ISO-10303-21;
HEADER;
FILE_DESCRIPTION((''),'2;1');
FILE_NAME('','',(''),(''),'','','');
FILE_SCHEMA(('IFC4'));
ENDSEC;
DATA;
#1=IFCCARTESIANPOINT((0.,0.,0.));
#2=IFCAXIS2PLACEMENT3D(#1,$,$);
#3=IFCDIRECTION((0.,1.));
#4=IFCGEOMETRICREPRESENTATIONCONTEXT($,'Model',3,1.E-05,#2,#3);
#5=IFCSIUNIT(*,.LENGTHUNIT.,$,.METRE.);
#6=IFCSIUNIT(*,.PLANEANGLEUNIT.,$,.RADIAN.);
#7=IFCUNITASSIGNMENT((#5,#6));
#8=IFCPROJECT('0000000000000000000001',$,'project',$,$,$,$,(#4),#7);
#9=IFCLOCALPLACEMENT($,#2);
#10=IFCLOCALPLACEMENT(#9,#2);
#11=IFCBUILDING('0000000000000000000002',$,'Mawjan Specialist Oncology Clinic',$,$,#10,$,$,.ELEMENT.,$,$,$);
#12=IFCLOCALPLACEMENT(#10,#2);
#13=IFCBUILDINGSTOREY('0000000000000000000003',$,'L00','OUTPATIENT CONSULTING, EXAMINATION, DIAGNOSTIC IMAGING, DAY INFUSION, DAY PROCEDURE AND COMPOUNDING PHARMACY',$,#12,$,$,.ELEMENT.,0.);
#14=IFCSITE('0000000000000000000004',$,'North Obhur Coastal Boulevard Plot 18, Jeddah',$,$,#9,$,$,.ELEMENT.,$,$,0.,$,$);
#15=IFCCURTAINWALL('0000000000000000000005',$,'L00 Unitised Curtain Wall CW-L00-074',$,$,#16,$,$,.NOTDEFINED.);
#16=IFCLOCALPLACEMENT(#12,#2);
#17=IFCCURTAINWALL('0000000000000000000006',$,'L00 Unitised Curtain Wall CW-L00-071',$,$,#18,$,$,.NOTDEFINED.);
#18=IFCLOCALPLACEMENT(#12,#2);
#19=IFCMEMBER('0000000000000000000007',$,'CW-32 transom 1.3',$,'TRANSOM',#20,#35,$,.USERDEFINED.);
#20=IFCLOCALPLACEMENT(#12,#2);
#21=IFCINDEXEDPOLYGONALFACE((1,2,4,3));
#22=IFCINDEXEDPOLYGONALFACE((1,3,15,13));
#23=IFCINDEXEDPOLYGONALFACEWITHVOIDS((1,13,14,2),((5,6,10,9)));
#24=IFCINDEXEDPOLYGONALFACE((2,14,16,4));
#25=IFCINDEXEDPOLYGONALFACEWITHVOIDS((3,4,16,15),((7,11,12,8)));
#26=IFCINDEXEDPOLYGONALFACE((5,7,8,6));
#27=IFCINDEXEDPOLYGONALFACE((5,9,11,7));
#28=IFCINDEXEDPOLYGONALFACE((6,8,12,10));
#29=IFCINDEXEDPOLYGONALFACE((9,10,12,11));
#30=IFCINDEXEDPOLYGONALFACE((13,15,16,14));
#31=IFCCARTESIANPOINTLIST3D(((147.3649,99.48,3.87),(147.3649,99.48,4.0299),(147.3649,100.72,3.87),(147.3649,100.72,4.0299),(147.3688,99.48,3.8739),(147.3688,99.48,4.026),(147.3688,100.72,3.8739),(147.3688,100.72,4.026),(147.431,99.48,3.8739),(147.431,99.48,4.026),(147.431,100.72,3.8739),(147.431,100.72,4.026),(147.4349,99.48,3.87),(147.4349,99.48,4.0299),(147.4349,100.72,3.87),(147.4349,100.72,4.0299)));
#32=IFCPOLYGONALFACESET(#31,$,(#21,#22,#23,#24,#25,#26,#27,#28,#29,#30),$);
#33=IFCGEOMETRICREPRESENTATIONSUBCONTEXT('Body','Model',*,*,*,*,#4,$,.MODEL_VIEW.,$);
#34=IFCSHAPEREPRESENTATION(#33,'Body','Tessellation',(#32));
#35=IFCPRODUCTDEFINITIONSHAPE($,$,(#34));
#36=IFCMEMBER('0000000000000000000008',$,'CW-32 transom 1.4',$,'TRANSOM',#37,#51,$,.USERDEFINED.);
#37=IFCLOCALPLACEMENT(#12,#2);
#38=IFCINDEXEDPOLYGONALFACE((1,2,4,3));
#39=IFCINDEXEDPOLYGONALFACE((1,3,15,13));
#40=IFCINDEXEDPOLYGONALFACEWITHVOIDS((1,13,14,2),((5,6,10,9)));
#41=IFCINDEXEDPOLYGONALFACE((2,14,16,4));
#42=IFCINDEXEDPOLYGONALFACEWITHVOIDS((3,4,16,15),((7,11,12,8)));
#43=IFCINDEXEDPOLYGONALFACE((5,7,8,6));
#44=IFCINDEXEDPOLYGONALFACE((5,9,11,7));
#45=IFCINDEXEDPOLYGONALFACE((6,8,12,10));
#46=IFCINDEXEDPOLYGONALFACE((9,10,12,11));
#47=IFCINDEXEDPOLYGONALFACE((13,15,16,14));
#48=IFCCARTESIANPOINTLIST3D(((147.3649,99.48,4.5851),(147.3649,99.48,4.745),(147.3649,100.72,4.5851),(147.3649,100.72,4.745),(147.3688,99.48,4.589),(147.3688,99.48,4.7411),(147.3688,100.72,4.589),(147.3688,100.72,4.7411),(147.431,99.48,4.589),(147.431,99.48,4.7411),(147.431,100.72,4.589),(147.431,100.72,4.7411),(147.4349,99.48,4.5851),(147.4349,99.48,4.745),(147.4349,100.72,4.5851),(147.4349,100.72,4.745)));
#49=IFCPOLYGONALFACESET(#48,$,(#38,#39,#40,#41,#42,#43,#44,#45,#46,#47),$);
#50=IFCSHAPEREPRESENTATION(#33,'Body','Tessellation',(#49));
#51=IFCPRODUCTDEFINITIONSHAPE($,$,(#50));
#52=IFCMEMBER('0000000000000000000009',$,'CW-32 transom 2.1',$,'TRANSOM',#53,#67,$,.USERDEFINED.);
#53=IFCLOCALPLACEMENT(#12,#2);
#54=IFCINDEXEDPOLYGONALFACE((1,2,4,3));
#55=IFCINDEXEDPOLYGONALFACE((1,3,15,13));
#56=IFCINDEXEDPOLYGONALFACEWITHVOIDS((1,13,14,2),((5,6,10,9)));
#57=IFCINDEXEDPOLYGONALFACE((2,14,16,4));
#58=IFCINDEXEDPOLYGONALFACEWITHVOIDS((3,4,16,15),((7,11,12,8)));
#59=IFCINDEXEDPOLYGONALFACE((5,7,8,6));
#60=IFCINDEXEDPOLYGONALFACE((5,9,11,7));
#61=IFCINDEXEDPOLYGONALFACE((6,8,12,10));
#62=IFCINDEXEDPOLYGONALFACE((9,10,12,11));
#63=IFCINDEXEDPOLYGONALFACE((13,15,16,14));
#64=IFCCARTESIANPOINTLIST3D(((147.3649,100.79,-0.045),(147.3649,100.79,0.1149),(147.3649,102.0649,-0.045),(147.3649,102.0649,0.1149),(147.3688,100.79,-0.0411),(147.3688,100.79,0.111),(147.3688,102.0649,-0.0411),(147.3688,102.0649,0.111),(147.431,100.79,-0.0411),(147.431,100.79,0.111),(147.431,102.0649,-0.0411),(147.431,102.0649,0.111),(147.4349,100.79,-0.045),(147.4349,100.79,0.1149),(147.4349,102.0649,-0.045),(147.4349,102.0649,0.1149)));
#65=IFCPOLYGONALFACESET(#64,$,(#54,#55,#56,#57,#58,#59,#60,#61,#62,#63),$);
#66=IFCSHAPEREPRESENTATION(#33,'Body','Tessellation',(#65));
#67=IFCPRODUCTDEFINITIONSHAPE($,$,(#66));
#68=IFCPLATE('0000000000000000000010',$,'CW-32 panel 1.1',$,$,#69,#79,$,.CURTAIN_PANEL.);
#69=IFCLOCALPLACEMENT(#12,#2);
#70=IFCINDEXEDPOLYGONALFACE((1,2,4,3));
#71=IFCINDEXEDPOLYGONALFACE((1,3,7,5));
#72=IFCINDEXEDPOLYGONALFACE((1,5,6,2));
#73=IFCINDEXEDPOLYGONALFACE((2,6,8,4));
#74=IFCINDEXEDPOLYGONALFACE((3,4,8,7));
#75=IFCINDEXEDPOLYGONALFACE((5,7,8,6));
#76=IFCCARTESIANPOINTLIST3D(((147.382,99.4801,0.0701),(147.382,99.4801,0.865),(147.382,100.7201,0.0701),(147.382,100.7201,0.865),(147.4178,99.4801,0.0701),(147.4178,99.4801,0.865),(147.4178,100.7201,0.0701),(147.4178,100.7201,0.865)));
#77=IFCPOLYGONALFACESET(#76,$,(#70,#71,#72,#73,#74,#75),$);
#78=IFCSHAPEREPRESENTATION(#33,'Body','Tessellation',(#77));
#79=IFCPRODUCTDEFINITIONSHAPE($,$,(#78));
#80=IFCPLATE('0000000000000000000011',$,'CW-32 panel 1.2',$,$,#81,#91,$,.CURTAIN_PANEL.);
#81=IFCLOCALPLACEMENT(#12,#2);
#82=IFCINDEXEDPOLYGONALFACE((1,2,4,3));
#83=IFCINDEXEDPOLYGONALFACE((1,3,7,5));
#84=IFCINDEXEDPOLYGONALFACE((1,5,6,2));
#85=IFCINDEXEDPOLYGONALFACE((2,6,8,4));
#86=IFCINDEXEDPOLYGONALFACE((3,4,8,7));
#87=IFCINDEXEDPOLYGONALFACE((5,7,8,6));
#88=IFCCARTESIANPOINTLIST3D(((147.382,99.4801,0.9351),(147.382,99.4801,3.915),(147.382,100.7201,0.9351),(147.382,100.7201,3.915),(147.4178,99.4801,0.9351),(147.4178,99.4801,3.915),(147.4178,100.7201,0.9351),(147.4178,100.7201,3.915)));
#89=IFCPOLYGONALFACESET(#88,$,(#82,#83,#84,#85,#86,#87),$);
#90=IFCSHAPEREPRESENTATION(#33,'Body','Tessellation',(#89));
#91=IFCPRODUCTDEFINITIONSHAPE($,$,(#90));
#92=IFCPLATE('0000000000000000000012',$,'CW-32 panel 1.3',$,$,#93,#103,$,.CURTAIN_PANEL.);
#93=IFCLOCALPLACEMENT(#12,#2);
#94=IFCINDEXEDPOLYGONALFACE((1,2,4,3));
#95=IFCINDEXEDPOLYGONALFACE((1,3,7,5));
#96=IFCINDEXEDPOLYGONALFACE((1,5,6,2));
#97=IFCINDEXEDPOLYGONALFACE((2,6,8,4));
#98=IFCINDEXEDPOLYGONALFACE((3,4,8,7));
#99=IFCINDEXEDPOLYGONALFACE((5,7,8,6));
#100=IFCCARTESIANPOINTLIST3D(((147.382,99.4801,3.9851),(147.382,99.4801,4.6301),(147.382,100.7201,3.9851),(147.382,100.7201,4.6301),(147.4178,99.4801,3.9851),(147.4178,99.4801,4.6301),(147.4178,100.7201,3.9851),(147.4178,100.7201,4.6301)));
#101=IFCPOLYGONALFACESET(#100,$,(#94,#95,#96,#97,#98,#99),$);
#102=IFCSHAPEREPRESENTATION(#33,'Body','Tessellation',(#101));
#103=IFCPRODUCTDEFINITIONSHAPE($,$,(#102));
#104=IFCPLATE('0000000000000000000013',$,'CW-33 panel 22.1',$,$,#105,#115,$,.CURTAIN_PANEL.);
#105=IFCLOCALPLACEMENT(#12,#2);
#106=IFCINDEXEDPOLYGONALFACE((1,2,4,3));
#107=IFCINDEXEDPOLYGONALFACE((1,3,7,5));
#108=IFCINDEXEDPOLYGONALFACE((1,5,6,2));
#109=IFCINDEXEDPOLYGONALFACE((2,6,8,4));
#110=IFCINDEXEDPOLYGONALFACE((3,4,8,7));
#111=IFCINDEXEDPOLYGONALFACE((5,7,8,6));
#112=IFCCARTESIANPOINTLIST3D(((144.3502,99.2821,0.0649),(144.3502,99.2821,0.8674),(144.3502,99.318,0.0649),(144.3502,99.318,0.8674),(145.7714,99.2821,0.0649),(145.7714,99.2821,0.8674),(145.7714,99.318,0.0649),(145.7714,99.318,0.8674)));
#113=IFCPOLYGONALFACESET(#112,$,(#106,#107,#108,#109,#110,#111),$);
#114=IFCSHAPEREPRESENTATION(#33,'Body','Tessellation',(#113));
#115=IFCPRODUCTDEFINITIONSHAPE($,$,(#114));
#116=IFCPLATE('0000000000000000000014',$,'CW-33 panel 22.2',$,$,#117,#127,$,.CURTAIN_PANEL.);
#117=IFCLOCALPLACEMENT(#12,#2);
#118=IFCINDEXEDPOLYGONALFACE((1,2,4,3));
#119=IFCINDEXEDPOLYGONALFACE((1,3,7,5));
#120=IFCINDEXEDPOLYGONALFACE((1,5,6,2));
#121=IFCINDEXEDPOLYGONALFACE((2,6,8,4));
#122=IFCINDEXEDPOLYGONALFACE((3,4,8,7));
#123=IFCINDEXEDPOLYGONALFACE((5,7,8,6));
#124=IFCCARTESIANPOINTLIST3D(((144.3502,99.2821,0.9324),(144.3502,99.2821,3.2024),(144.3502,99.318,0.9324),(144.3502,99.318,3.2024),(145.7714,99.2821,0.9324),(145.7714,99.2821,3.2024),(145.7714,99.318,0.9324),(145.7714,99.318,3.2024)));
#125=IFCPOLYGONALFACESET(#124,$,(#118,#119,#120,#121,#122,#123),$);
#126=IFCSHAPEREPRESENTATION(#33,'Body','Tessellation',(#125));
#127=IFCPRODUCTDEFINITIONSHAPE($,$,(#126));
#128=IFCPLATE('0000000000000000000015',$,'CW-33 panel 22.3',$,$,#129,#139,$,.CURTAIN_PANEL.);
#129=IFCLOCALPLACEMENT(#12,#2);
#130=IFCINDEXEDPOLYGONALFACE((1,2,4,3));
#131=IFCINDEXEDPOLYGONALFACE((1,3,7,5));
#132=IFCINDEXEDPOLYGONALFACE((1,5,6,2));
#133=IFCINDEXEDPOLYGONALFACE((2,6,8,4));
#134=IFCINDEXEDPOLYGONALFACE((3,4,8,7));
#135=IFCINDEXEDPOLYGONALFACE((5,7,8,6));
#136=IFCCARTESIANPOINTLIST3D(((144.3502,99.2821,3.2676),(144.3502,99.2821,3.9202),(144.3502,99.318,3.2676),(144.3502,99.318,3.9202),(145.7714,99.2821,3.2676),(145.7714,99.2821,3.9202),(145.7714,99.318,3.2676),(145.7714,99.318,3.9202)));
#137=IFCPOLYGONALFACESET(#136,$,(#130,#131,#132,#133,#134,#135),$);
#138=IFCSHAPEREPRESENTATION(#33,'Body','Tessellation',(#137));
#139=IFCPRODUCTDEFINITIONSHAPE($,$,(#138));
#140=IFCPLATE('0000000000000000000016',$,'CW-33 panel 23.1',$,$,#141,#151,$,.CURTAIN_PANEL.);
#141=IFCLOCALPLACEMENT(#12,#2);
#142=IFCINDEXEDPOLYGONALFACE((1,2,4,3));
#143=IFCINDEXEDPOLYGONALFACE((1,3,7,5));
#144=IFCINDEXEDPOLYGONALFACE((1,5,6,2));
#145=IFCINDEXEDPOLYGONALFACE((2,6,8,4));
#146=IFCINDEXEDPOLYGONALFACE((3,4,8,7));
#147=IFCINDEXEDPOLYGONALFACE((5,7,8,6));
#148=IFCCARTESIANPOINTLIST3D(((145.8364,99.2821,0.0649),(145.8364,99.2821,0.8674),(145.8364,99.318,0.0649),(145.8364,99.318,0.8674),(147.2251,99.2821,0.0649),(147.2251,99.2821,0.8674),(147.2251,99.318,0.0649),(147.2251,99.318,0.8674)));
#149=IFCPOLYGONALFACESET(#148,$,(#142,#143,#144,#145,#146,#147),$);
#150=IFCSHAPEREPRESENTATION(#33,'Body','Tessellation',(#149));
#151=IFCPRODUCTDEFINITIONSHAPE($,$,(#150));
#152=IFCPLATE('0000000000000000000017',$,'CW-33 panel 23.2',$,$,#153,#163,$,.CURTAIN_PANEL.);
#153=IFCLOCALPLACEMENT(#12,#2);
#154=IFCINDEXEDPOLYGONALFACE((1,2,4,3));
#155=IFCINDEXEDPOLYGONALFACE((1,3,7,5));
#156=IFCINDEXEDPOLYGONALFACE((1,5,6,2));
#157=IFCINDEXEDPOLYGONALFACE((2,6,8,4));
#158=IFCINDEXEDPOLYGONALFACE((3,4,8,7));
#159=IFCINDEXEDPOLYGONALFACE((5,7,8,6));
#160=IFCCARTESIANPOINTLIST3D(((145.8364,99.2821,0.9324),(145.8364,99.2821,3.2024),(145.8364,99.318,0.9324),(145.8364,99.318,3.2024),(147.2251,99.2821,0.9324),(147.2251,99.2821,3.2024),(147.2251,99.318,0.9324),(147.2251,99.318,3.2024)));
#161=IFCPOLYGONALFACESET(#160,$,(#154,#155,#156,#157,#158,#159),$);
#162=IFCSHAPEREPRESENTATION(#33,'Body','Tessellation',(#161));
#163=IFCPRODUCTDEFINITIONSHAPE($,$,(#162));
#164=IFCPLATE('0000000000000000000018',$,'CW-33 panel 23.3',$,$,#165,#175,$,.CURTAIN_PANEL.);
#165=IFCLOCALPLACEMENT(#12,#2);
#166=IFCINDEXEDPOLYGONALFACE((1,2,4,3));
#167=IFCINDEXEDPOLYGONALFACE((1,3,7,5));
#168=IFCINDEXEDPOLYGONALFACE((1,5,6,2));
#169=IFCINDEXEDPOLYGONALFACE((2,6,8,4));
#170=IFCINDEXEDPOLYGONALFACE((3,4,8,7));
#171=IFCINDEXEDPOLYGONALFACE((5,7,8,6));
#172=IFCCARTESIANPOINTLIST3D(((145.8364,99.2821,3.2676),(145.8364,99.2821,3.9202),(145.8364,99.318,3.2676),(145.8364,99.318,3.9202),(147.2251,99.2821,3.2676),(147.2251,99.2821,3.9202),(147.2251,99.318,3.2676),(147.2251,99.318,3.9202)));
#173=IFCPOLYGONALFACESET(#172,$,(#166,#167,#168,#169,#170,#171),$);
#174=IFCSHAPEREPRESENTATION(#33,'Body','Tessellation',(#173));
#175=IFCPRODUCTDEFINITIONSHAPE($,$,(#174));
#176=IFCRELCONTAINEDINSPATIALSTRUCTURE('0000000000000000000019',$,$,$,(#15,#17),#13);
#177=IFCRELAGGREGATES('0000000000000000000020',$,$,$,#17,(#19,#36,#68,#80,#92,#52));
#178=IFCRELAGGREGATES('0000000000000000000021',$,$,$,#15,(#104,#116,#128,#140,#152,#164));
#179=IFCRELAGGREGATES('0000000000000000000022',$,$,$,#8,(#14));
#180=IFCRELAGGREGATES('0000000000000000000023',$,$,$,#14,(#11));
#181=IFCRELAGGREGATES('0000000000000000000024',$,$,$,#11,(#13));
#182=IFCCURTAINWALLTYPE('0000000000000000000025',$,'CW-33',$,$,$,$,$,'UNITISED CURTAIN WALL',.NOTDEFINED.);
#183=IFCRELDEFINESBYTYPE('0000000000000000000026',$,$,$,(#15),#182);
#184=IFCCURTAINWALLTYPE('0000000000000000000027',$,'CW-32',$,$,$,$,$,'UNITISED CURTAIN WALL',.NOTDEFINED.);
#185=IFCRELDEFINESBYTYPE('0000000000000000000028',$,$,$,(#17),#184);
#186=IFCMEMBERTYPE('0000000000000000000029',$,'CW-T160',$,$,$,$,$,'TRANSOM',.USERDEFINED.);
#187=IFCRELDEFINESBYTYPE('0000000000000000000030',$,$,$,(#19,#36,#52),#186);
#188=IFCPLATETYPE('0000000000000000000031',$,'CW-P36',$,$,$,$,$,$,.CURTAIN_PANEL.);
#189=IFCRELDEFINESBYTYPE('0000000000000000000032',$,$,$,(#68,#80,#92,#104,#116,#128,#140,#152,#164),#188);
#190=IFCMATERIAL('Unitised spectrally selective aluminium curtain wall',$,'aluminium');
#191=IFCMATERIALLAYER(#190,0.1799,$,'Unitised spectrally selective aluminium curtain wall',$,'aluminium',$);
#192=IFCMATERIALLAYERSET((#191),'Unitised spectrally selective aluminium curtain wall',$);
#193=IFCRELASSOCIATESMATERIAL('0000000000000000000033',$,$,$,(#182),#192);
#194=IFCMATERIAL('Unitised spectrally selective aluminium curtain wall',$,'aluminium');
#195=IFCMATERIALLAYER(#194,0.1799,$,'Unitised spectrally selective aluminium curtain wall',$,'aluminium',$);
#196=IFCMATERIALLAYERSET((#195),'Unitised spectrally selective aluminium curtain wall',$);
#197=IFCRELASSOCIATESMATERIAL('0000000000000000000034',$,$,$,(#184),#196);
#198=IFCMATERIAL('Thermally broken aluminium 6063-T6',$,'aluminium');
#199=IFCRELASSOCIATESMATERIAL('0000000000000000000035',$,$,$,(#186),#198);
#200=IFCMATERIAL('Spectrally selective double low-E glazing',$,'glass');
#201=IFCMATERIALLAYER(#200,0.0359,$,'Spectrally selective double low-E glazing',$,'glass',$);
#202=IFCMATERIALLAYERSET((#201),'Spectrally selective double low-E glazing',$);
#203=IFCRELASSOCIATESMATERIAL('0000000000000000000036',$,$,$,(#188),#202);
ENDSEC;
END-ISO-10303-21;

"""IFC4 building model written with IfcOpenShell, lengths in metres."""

from ifc_helpers import new_model, si_unit, direction, frame, origin, origin_2d, place, context, subcontext, project, spatial, rectangle, hollow_rectangle, extrude, material, layer, layer_set, material_profile, profile_set, type_object, element, aggregate, save


model = new_model("IFC4")

# Units and contexts
model_context = context("Model", 3, precision=1e-05, world=origin(), true_north=direction((0.0, 1.0)))
body_context = subcontext(model_context, "Body", "Model", "MODEL_VIEW")
ifc_project = project(units=[si_unit("LENGTHUNIT", "METRE"), si_unit("PLANEANGLEUNIT", "RADIAN")], contexts=[model_context])

# Site, building, storey
site_placement = place(None, origin())
site = spatial("IfcSite", under=ifc_project, at=site_placement, Name="North Obhur Coastal Boulevard Plot 18, Jeddah", CompositionType="ELEMENT", RefElevation=0.0)
building_placement = place(site_placement, origin())
building = spatial("IfcBuilding", under=site, at=building_placement, Name="Mawjan Specialist Oncology Clinic", CompositionType="ELEMENT")
storey_placement = place(building_placement, origin())
storey = spatial("IfcBuildingStorey", under=building, at=storey_placement, Name="L00", Description="OUTPATIENT CONSULTING, EXAMINATION, DIAGNOSTIC IMAGING, DAY INFUSION, DAY PROCEDURE AND COMPOUNDING PHARMACY", CompositionType="ELEMENT", Elevation=0.0)

# Curtain walls
ifc_material_1 = material(Name="Unitised spectrally selective aluminium curtain wall", Category="aluminium")
ifc_layer_1 = layer(ifc_material_1, 0.1799, Name="Unitised spectrally selective aluminium curtain wall", Category="aluminium")
ifc_layer_set_1 = layer_set([ifc_layer_1], Name="Unitised spectrally selective aluminium curtain wall")
curtain_wall_type_1 = type_object("IfcCurtainWallType", Name="CW-33", ElementType="UNITISED CURTAIN WALL", PredefinedType="NOTDEFINED", material=ifc_layer_set_1)
curtain_wall_1_placement = place(storey_placement, origin())
curtain_wall_1 = element("IfcCurtainWall", 1, at=curtain_wall_1_placement, inside=storey, type_object=curtain_wall_type_1, Name="L00 Unitised Curtain Wall CW-L00-074", PredefinedType="NOTDEFINED")
ifc_material_2 = material(Name="Unitised spectrally selective aluminium curtain wall", Category="aluminium")
ifc_layer_2 = layer(ifc_material_2, 0.1799, Name="Unitised spectrally selective aluminium curtain wall", Category="aluminium")
ifc_layer_set_2 = layer_set([ifc_layer_2], Name="Unitised spectrally selective aluminium curtain wall")
curtain_wall_type_2 = type_object("IfcCurtainWallType", Name="CW-32", ElementType="UNITISED CURTAIN WALL", PredefinedType="NOTDEFINED", material=ifc_layer_set_2)
curtain_wall_2_placement = place(storey_placement, origin())
curtain_wall_2 = element("IfcCurtainWall", 2, at=curtain_wall_2_placement, inside=storey, type_object=curtain_wall_type_2, Name="L00 Unitised Curtain Wall CW-L00-071", PredefinedType="NOTDEFINED")

# Members
ifc_material_3 = material(Name="Thermally broken aluminium 6063-T6", Category="aluminium")
ifc_material_profile_1 = material_profile(ifc_material_3, hollow_rectangle(XDim=0.0701, YDim=0.1599, WallThickness=0.0039, at=origin_2d()), Name="ALU TRANSOM 160x70x4", Category="aluminium")
ifc_profile_set_1 = profile_set([ifc_material_profile_1], Name="Thermally broken aluminium 6063-T6")
member_type_1 = type_object("IfcMemberType", Name="CW-T160", ElementType="TRANSOM", PredefinedType="USERDEFINED", material=ifc_profile_set_1)
member_1_placement = place(storey_placement, frame((147.3999, 99.48, 3.95), z_axis=(0.0, 1.0, 0.0), x_axis=(-1.0, 0.0, 0.0)))
member_1 = element("IfcMember", 3, at=member_1_placement, type_object=member_type_1, Name="CW-32 transom 1.3", ObjectType="TRANSOM", PredefinedType="USERDEFINED", context=body_context, shape_type="SweptSolid", body=[
    extrude(hollow_rectangle(XDim=0.0701, YDim=0.1599, WallThickness=0.0039, at=origin_2d()), origin(), (0.0, 0.0, 1.0), 1.24),
])
member_2_placement = place(storey_placement, frame((147.3999, 99.48, 4.665), z_axis=(0.0, 1.0, 0.0), x_axis=(-1.0, 0.0, 0.0)))
member_2 = element("IfcMember", 4, at=member_2_placement, type_object=member_type_1, Name="CW-32 transom 1.4", ObjectType="TRANSOM", PredefinedType="USERDEFINED", context=body_context, shape_type="SweptSolid", body=[
    extrude(hollow_rectangle(XDim=0.0701, YDim=0.1599, WallThickness=0.0039, at=origin_2d()), origin(), (0.0, 0.0, 1.0), 1.24),
])
member_3_placement = place(storey_placement, frame((147.3999, 100.79, 0.0349), z_axis=(0.0, 1.0, 0.0), x_axis=(-1.0, 0.0, 0.0)))
member_3 = element("IfcMember", 5, at=member_3_placement, type_object=member_type_1, Name="CW-32 transom 2.1", ObjectType="TRANSOM", PredefinedType="USERDEFINED", context=body_context, shape_type="SweptSolid", body=[
    extrude(hollow_rectangle(XDim=0.0701, YDim=0.1599, WallThickness=0.0039, at=origin_2d()), origin(), (0.0, 0.0, 1.0), 1.2749),
])

# Plates
ifc_material_4 = material(Name="Spectrally selective double low-E glazing", Category="glass")
ifc_layer_3 = layer(ifc_material_4, 0.0359, Name="Spectrally selective double low-E glazing", Category="glass")
ifc_layer_set_3 = layer_set([ifc_layer_3], Name="Spectrally selective double low-E glazing")
plate_type = type_object("IfcPlateType", Name="CW-P36", PredefinedType="CURTAIN_PANEL", material=ifc_layer_set_3)
plate_1_placement = place(storey_placement, frame((147.3999, 100.1001, 0.0701), z_axis=(0.0, 0.0, 1.0), x_axis=(0.0, 1.0, 0.0)))
plate_1 = element("IfcPlate", 6, at=plate_1_placement, type_object=plate_type, Name="CW-32 panel 1.1", PredefinedType="CURTAIN_PANEL", context=body_context, shape_type="SweptSolid", body=[
    extrude(rectangle(XDim=1.24, YDim=0.0359, at=origin_2d()), origin(), (0.0, 0.0, 1.0), 0.7949),
])
plate_2_placement = place(storey_placement, frame((147.3999, 100.1001, 0.9351), z_axis=(0.0, 0.0, 1.0), x_axis=(0.0, 1.0, 0.0)))
plate_2 = element("IfcPlate", 7, at=plate_2_placement, type_object=plate_type, Name="CW-32 panel 1.2", PredefinedType="CURTAIN_PANEL", context=body_context, shape_type="SweptSolid", body=[
    extrude(rectangle(XDim=1.24, YDim=0.0359, at=origin_2d()), origin(), (0.0, 0.0, 1.0), 2.98),
])
plate_3_placement = place(storey_placement, frame((147.3999, 100.1001, 3.9851), z_axis=(0.0, 0.0, 1.0), x_axis=(0.0, 1.0, 0.0)))
plate_3 = element("IfcPlate", 8, at=plate_3_placement, type_object=plate_type, Name="CW-32 panel 1.3", PredefinedType="CURTAIN_PANEL", context=body_context, shape_type="SweptSolid", body=[
    extrude(rectangle(XDim=1.24, YDim=0.0359, at=origin_2d()), origin(), (0.0, 0.0, 1.0), 0.645),
])
aggregate(curtain_wall_2, [member_1, member_2, plate_1, plate_2, plate_3, member_3])
plate_4_placement = place(storey_placement, frame((145.0608, 99.3, 0.0649), z_axis=(0.0, 0.0, 1.0), x_axis=(1.0, 0.0, 0.0)))
plate_4 = element("IfcPlate", 9, at=plate_4_placement, type_object=plate_type, Name="CW-33 panel 22.1", PredefinedType="CURTAIN_PANEL", context=body_context, shape_type="SweptSolid", body=[
    extrude(rectangle(XDim=1.4211, YDim=0.0359, at=origin_2d()), origin(), (0.0, 0.0, 1.0), 0.8025),
])
plate_5_placement = place(storey_placement, frame((145.0608, 99.3, 0.9324), z_axis=(0.0, 0.0, 1.0), x_axis=(1.0, 0.0, 0.0)))
plate_5 = element("IfcPlate", 10, at=plate_5_placement, type_object=plate_type, Name="CW-33 panel 22.2", PredefinedType="CURTAIN_PANEL", context=body_context, shape_type="SweptSolid", body=[
    extrude(rectangle(XDim=1.4211, YDim=0.0359, at=origin_2d()), origin(), (0.0, 0.0, 1.0), 2.27),
])
plate_6_placement = place(storey_placement, frame((145.0608, 99.3, 3.2676), z_axis=(0.0, 0.0, 1.0), x_axis=(1.0, 0.0, 0.0)))
plate_6 = element("IfcPlate", 11, at=plate_6_placement, type_object=plate_type, Name="CW-33 panel 22.3", PredefinedType="CURTAIN_PANEL", context=body_context, shape_type="SweptSolid", body=[
    extrude(rectangle(XDim=1.4211, YDim=0.0359, at=origin_2d()), origin(), (0.0, 0.0, 1.0), 0.6526),
])
plate_7_placement = place(storey_placement, frame((146.5308, 99.3, 0.0649), z_axis=(0.0, 0.0, 1.0), x_axis=(1.0, 0.0, 0.0)))
plate_7 = element("IfcPlate", 12, at=plate_7_placement, type_object=plate_type, Name="CW-33 panel 23.1", PredefinedType="CURTAIN_PANEL", context=body_context, shape_type="SweptSolid", body=[
    extrude(rectangle(XDim=1.3887, YDim=0.0359, at=origin_2d()), origin(), (0.0, 0.0, 1.0), 0.8025),
])
plate_8_placement = place(storey_placement, frame((146.5308, 99.3, 0.9324), z_axis=(0.0, 0.0, 1.0), x_axis=(1.0, 0.0, 0.0)))
plate_8 = element("IfcPlate", 13, at=plate_8_placement, type_object=plate_type, Name="CW-33 panel 23.2", PredefinedType="CURTAIN_PANEL", context=body_context, shape_type="SweptSolid", body=[
    extrude(rectangle(XDim=1.3887, YDim=0.0359, at=origin_2d()), origin(), (0.0, 0.0, 1.0), 2.27),
])
plate_9_placement = place(storey_placement, frame((146.5308, 99.3, 3.2676), z_axis=(0.0, 0.0, 1.0), x_axis=(1.0, 0.0, 0.0)))
plate_9 = element("IfcPlate", 14, at=plate_9_placement, type_object=plate_type, Name="CW-33 panel 23.3", PredefinedType="CURTAIN_PANEL", context=body_context, shape_type="SweptSolid", body=[
    extrude(rectangle(XDim=1.3887, YDim=0.0359, at=origin_2d()), origin(), (0.0, 0.0, 1.0), 0.6526),
])
aggregate(curtain_wall_1, [plate_4, plate_5, plate_6, plate_7, plate_8, plate_9])

save(model, "model.ifc")
